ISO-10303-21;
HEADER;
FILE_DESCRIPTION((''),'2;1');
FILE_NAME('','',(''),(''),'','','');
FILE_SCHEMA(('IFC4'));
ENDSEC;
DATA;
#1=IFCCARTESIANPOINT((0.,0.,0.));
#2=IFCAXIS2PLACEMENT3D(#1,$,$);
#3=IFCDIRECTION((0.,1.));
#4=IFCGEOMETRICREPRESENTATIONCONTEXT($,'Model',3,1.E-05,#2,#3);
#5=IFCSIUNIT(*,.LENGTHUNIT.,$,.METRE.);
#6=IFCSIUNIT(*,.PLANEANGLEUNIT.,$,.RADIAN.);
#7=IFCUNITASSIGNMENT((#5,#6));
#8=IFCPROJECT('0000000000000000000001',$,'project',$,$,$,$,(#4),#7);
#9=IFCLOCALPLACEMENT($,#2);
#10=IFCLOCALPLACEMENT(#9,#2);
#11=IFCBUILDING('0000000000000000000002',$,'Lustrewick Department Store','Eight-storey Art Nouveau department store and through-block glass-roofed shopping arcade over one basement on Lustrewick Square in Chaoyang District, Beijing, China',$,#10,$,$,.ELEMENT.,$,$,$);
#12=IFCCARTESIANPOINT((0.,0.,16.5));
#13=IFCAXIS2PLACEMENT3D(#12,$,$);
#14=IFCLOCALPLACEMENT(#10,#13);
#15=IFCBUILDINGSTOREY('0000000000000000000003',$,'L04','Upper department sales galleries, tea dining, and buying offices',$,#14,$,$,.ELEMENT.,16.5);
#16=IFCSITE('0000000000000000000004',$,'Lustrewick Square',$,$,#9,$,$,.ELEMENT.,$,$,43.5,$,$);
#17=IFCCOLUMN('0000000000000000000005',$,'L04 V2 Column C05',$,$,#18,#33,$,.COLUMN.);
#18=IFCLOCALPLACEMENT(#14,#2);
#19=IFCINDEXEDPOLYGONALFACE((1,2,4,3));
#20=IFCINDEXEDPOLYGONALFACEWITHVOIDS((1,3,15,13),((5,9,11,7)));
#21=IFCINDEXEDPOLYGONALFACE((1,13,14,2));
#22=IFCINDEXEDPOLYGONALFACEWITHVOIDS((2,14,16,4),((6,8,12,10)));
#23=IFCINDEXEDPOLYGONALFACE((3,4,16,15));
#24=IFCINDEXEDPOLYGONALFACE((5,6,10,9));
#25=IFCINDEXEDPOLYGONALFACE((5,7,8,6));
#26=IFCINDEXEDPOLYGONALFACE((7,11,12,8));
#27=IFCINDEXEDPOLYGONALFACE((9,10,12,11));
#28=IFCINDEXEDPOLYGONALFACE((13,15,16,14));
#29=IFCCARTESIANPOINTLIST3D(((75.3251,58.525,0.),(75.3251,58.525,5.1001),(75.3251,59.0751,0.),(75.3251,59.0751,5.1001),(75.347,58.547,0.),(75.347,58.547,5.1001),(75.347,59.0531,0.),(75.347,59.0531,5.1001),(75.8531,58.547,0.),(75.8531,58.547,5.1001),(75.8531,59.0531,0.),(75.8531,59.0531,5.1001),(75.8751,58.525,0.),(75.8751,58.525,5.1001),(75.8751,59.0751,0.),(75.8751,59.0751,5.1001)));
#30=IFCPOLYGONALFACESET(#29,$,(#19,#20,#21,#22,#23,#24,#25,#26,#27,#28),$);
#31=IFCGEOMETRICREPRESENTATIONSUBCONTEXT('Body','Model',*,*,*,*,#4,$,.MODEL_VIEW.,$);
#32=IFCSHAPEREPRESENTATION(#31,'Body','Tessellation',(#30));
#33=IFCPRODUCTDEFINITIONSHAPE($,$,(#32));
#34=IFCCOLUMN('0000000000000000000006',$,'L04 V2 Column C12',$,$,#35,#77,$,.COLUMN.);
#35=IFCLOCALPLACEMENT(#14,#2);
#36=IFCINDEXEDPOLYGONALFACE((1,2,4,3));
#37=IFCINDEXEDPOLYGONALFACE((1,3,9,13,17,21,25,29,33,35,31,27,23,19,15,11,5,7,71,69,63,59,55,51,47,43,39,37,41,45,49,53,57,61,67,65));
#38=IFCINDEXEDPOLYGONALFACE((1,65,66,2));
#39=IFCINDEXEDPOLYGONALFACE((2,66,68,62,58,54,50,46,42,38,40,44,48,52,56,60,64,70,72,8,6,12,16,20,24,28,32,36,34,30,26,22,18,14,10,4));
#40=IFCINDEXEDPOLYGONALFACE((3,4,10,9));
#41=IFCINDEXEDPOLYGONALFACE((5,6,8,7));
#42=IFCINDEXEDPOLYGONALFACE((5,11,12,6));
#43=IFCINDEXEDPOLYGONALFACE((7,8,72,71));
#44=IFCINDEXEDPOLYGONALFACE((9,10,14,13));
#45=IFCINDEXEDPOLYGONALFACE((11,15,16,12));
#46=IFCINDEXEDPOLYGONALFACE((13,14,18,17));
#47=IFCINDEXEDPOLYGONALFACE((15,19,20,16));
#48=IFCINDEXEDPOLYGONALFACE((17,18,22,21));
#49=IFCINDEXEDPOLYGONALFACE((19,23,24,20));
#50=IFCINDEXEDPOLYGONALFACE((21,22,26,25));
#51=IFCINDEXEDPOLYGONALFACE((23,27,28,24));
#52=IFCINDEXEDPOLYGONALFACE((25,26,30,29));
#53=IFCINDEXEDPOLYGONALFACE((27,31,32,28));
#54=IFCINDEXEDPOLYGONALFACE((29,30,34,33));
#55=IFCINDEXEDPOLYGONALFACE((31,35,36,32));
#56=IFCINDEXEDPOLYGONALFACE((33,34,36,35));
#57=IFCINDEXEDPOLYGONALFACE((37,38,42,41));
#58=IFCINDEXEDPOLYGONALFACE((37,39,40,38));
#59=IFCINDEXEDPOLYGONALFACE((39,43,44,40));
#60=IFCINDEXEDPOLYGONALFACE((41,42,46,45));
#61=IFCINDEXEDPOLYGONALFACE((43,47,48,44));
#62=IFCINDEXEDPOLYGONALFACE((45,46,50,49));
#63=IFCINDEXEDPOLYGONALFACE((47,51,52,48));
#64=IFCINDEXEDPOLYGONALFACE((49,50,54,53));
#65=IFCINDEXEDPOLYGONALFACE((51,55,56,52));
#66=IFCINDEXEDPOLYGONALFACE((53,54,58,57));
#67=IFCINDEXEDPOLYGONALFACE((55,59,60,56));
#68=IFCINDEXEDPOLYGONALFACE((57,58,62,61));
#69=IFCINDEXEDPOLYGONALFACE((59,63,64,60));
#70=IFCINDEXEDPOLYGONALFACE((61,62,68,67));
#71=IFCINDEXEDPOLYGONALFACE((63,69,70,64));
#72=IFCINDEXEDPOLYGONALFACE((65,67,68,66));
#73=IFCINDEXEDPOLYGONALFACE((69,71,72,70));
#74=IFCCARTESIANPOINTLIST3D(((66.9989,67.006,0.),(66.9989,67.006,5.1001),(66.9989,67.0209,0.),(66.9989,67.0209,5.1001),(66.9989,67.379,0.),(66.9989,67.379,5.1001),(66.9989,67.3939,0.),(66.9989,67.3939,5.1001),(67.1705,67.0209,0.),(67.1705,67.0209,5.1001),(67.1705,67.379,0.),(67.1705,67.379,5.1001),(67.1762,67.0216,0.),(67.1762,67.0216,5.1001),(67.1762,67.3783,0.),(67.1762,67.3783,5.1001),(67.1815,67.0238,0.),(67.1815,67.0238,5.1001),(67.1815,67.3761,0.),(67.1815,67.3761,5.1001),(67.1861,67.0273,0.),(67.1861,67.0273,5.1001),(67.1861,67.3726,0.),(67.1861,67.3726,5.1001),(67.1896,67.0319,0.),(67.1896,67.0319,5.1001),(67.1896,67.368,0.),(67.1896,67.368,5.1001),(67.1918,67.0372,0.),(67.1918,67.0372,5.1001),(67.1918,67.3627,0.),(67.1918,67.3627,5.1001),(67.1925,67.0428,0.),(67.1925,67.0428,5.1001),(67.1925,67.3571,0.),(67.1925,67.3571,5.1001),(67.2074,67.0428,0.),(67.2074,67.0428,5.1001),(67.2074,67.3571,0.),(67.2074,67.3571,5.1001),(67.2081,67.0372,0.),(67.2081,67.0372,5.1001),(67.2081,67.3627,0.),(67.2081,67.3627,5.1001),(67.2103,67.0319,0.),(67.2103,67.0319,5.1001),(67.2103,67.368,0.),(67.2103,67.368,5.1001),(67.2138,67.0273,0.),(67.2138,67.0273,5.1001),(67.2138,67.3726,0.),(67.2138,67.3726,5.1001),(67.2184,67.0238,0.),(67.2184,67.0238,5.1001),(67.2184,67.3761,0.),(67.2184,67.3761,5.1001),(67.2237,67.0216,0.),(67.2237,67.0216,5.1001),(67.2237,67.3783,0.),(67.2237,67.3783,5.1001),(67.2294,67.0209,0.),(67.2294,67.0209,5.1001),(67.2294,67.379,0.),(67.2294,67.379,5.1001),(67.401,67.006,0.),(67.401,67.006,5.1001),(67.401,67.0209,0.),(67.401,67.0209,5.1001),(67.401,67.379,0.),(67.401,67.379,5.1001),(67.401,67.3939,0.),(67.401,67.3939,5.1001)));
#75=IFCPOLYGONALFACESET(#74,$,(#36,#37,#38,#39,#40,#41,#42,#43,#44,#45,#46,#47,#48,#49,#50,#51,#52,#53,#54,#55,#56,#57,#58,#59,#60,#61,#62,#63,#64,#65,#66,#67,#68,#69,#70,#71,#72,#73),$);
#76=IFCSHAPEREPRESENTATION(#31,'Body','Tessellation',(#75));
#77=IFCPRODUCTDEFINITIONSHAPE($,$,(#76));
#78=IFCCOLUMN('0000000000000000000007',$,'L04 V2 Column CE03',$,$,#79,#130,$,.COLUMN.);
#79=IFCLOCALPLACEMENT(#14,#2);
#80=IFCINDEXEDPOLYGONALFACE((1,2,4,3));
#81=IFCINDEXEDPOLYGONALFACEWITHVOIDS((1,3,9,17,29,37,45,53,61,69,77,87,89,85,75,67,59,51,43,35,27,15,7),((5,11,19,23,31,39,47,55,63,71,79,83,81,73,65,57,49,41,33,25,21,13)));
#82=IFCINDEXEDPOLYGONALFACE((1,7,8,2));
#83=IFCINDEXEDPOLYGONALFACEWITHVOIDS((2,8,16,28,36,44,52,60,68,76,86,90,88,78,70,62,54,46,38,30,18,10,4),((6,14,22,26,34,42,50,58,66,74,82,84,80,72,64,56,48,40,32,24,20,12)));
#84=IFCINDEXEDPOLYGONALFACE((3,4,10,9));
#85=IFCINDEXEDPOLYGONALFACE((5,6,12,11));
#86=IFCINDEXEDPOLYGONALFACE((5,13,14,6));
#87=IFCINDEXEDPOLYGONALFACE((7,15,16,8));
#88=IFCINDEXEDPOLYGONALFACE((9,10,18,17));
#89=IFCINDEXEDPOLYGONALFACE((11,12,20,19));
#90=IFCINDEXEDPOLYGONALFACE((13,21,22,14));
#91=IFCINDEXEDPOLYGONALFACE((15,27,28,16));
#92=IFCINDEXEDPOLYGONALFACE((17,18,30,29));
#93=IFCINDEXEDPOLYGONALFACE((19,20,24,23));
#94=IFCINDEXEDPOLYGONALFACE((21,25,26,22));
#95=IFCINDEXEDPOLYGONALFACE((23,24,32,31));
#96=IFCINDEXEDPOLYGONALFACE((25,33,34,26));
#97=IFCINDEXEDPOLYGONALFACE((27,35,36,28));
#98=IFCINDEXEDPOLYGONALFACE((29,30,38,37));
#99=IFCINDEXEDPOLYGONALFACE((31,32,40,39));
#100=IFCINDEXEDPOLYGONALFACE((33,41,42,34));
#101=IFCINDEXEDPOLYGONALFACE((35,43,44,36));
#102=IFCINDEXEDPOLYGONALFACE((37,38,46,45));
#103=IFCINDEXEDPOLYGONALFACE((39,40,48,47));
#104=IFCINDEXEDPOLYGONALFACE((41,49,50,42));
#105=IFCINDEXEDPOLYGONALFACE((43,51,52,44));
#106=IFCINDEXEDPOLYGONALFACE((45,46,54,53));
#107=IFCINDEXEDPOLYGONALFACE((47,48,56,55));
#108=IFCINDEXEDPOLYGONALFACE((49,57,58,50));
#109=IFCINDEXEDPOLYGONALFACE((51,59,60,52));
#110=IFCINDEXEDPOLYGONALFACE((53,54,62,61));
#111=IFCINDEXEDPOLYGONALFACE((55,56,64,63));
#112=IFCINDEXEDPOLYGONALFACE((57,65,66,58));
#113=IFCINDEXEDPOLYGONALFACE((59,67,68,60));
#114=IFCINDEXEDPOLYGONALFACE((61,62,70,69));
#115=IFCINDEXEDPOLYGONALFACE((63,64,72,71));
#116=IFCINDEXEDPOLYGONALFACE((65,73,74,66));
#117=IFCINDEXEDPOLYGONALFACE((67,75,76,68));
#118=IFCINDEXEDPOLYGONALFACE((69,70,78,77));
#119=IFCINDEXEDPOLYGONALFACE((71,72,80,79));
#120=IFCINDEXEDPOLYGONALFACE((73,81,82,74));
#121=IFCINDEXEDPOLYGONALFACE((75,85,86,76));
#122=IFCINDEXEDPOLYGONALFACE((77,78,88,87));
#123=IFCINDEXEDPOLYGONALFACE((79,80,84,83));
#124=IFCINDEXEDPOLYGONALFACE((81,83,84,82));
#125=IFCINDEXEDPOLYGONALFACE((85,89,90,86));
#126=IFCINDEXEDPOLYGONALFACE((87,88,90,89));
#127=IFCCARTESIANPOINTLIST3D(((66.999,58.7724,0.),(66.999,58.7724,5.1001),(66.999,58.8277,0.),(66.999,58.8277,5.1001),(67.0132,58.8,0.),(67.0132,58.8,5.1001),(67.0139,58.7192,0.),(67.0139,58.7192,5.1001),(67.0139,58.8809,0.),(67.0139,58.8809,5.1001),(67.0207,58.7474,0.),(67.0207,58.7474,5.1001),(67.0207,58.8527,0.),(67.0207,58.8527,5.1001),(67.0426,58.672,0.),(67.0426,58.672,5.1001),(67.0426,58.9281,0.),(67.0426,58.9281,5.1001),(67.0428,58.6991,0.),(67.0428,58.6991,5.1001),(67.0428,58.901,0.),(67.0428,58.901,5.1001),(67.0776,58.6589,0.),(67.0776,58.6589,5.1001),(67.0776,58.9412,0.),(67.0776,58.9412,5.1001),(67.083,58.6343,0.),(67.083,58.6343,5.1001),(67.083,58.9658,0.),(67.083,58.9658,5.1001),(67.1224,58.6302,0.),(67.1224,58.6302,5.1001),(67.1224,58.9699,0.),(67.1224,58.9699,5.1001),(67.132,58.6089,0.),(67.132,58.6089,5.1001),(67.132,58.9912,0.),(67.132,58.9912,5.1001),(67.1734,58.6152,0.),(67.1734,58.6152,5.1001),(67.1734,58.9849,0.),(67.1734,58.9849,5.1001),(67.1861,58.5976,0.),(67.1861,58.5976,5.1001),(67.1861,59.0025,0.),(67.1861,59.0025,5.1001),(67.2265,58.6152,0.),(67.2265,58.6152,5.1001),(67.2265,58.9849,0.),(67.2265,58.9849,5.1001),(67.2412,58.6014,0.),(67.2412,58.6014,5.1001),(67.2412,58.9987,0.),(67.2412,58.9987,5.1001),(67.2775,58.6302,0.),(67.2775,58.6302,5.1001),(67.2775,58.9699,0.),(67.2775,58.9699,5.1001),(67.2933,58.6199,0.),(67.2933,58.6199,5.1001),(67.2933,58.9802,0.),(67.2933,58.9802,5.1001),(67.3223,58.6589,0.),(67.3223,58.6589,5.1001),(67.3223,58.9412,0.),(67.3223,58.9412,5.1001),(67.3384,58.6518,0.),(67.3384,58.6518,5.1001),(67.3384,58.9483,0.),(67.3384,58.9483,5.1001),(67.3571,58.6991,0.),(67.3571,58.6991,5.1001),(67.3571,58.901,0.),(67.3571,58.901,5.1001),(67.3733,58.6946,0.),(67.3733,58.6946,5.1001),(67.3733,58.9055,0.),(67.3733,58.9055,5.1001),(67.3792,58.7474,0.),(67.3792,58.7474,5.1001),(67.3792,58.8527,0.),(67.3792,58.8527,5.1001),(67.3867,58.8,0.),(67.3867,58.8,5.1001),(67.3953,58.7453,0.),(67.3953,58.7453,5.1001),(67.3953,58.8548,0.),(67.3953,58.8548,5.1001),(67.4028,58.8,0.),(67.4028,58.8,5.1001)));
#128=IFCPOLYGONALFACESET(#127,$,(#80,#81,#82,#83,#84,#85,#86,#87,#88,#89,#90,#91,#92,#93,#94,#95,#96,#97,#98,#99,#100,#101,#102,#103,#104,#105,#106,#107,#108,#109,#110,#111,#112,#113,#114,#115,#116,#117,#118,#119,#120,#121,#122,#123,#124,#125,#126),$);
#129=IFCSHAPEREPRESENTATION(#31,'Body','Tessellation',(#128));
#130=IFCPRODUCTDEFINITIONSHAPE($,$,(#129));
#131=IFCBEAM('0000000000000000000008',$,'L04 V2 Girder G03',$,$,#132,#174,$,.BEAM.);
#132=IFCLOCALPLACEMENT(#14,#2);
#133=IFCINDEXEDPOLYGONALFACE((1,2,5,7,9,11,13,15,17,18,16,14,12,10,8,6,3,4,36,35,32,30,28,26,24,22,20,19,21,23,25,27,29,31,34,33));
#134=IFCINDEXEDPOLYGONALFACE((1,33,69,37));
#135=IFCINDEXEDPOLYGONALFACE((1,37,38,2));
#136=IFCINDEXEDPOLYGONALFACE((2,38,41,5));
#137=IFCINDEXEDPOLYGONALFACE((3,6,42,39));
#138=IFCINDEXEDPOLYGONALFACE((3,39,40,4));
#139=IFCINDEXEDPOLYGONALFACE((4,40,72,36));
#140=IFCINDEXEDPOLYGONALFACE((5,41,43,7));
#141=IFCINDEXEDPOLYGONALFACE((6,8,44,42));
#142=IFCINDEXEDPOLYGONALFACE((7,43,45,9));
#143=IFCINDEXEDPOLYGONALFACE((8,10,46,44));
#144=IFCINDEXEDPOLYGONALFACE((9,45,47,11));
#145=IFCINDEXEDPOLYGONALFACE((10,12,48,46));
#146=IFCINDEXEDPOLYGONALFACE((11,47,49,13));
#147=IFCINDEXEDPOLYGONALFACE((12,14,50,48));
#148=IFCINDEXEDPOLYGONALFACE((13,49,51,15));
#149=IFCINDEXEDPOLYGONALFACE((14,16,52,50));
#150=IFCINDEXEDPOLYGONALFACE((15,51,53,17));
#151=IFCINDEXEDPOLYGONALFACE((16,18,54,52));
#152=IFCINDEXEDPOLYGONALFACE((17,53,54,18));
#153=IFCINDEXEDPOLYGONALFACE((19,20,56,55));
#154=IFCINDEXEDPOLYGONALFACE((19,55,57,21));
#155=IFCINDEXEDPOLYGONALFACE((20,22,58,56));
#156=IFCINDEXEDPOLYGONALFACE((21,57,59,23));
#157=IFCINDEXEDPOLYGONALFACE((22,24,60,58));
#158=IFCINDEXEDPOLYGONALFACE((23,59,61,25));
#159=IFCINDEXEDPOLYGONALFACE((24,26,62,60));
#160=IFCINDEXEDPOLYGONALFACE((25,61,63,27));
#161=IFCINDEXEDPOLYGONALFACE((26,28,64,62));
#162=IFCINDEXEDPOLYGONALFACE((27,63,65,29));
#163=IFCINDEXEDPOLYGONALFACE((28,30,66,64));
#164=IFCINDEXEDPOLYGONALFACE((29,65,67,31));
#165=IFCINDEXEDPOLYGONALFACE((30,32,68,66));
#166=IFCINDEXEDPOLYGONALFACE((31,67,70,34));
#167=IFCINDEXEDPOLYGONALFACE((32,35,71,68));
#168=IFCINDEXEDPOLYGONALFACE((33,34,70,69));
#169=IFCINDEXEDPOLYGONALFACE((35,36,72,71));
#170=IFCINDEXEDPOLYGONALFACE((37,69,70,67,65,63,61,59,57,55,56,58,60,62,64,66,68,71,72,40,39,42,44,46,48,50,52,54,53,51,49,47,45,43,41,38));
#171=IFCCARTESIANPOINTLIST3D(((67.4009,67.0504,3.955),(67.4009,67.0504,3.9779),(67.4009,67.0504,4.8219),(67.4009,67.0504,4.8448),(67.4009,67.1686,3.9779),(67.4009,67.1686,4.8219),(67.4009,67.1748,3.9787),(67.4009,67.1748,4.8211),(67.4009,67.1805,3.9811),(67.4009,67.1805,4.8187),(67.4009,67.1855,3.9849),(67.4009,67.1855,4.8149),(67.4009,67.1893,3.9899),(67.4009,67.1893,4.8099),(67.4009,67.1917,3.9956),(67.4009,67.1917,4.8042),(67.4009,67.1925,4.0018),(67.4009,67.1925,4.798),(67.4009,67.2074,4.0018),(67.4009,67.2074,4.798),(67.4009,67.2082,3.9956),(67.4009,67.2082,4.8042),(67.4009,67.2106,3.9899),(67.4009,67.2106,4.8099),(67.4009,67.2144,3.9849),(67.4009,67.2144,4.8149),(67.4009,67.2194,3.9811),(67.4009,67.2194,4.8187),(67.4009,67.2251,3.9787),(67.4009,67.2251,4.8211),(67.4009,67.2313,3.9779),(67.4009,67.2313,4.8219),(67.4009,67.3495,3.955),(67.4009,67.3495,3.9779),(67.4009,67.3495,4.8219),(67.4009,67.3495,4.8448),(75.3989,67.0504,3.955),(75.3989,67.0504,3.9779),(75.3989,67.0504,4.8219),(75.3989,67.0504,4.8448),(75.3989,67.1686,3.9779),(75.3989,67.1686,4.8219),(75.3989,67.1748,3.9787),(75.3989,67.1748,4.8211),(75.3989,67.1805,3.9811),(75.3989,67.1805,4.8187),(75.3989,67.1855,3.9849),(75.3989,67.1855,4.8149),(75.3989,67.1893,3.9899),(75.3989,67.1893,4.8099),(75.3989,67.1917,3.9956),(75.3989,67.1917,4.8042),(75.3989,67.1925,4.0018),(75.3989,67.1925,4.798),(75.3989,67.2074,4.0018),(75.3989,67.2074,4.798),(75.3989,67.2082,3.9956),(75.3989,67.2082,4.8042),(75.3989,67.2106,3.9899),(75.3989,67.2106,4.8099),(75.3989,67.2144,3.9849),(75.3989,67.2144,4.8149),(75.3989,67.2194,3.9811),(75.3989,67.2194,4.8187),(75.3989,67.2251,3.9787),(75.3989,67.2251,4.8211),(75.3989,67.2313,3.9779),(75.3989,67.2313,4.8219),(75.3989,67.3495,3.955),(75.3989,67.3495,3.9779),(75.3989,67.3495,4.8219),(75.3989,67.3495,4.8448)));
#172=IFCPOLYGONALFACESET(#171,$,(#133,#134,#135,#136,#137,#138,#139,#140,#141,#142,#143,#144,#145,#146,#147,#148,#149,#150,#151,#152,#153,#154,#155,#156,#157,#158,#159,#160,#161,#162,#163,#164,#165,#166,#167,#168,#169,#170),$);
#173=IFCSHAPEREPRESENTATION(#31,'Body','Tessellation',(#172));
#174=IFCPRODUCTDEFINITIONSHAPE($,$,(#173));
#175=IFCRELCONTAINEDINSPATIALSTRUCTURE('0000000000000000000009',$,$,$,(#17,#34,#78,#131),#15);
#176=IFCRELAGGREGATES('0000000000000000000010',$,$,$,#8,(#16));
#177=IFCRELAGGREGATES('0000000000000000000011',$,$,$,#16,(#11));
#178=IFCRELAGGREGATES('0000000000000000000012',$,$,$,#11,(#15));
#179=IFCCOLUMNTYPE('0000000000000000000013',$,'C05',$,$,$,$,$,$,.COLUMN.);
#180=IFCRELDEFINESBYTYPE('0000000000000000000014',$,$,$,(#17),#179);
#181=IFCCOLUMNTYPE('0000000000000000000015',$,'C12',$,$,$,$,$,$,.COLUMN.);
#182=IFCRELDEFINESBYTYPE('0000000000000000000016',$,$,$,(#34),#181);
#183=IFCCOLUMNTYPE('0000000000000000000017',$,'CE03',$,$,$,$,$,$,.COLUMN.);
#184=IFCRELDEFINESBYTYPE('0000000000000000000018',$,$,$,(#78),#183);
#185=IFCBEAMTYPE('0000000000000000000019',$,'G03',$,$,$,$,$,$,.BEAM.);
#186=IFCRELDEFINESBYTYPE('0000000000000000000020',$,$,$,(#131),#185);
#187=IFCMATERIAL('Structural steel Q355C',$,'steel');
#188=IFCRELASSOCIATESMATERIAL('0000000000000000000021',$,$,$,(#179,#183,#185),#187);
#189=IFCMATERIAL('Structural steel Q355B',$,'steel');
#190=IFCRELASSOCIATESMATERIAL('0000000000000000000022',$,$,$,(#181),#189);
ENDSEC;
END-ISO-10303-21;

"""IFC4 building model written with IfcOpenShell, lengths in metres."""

from ifc_helpers import new_model, si_unit, direction, frame, origin, origin_2d, place, context, subcontext, project, spatial, hollow_rectangle, hollow_circle, i_section, extrude, material, material_profile, profile_set, type_object, element, save


model = new_model("IFC4")

# Units and contexts
model_context = context("Model", 3, precision=1e-05, world=origin(), true_north=direction((0.0, 1.0)))
body_context = subcontext(model_context, "Body", "Model", "MODEL_VIEW")
ifc_project = project(units=[si_unit("LENGTHUNIT", "METRE"), si_unit("PLANEANGLEUNIT", "RADIAN")], contexts=[model_context])

# Site, building, storey
site_placement = place(None, origin())
site = spatial("IfcSite", under=ifc_project, at=site_placement, Name="Lustrewick Square", CompositionType="ELEMENT", RefElevation=43.5)
building_placement = place(site_placement, origin())
building = spatial("IfcBuilding", under=site, at=building_placement, Name="Lustrewick Department Store", Description="Eight-storey Art Nouveau department store and through-block glass-roofed shopping arcade over one basement on Lustrewick Square in Chaoyang District, Beijing, China", CompositionType="ELEMENT")
storey_placement = place(building_placement, frame((0.0, 0.0, 16.5)))
storey = spatial("IfcBuildingStorey", under=building, at=storey_placement, Name="L04", Description="Upper department sales galleries, tea dining, and buying offices", CompositionType="ELEMENT", Elevation=16.5)

# Columns
ifc_material_1 = material(Name="Structural steel Q355C", Category="steel")
ifc_material_profile_1 = material_profile(ifc_material_1, hollow_rectangle(XDim=0.55, YDim=0.55, WallThickness=0.022, at=origin_2d()), Name="BOX 550x550x22")
ifc_profile_set_1 = profile_set([ifc_material_profile_1], Name="Structural steel Q355C")
column_type_1 = type_object("IfcColumnType", Name="C05", PredefinedType="COLUMN", material=ifc_profile_set_1)
column_1_placement = place(storey_placement, frame((75.6001, 58.8, 0.0), z_axis=(0.0, 0.0, 1.0), x_axis=(1.0, 0.0, 0.0)))
element("IfcColumn", 1, at=column_1_placement, inside=storey, type_object=column_type_1, Name="L04 V2 Column C05", PredefinedType="COLUMN", context=body_context, shape_type="SweptSolid", body=[
    extrude(hollow_rectangle(XDim=0.55, YDim=0.55, WallThickness=0.022, at=origin_2d()), origin(), (0.0, 0.0, 1.0), 5.1001),
])
ifc_material_2 = material(Name="Structural steel Q355B", Category="steel")
ifc_material_profile_2 = material_profile(ifc_material_2, i_section(OverallWidth=0.4021, OverallDepth=0.3879, WebThickness=0.0149, FlangeThickness=0.0149, FilletRadius=0.022, at=origin_2d()), Name="HW 388x402x15x15")
ifc_profile_set_2 = profile_set([ifc_material_profile_2], Name="Structural steel Q355B")
column_type_2 = type_object("IfcColumnType", Name="C12", PredefinedType="COLUMN", material=ifc_profile_set_2)
column_2_placement = place(storey_placement, frame((67.2, 67.2, 0.0), z_axis=(0.0, 0.0, 1.0), x_axis=(1.0, 0.0, 0.0)))
element("IfcColumn", 2, at=column_2_placement, inside=storey, type_object=column_type_2, Name="L04 V2 Column C12", PredefinedType="COLUMN", context=body_context, shape_type="SweptSolid", body=[
    extrude(i_section(OverallWidth=0.4021, OverallDepth=0.3879, WebThickness=0.0149, FlangeThickness=0.0149, FilletRadius=0.022, at=origin_2d()), origin(), (0.0, 0.0, 1.0), 5.1001),
])
ifc_material_profile_3 = material_profile(ifc_material_1, hollow_circle(Radius=0.2029, WallThickness=0.0161, at=origin_2d()), Name="CHS 406x16")
ifc_profile_set_3 = profile_set([ifc_material_profile_3], Name="Structural steel Q355C")
column_type_3 = type_object("IfcColumnType", Name="CE03", PredefinedType="COLUMN", material=ifc_profile_set_3)
column_3_placement = place(storey_placement, frame((67.2, 58.8, 0.0), z_axis=(0.0, 0.0, 1.0), x_axis=(1.0, 0.0, 0.0)))
element("IfcColumn", 3, at=column_3_placement, inside=storey, type_object=column_type_3, Name="L04 V2 Column CE03", PredefinedType="COLUMN", context=body_context, shape_type="SweptSolid", body=[
    extrude(hollow_circle(Radius=0.2029, WallThickness=0.0161, at=origin_2d()), origin(), (0.0, 0.0, 1.0), 5.1001),
])

# Beam
ifc_material_profile_4 = material_profile(ifc_material_1, i_section(OverallWidth=0.2991, OverallDepth=0.8899, WebThickness=0.0149, FlangeThickness=0.0229, FilletRadius=0.0239, at=origin_2d()), Name="HN 890x299x15x23")
ifc_profile_set_4 = profile_set([ifc_material_profile_4], Name="Structural steel Q355C")
beam_type_1 = type_object("IfcBeamType", Name="G03", PredefinedType="BEAM", material=ifc_profile_set_4)
beam_1_placement = place(storey_placement, frame((67.4009, 67.2, 4.3999), z_axis=(1.0, 0.0, 0.0), x_axis=(0.0, 1.0, 0.0)))
element("IfcBeam", 4, at=beam_1_placement, inside=storey, type_object=beam_type_1, Name="L04 V2 Girder G03", PredefinedType="BEAM", context=body_context, shape_type="SweptSolid", body=[
    extrude(i_section(OverallWidth=0.2991, OverallDepth=0.8899, WebThickness=0.0149, FlangeThickness=0.0229, FilletRadius=0.0239, at=origin_2d()), origin(), (0.0, 0.0, 1.0), 7.998),
])

save(model, "model.ifc")
